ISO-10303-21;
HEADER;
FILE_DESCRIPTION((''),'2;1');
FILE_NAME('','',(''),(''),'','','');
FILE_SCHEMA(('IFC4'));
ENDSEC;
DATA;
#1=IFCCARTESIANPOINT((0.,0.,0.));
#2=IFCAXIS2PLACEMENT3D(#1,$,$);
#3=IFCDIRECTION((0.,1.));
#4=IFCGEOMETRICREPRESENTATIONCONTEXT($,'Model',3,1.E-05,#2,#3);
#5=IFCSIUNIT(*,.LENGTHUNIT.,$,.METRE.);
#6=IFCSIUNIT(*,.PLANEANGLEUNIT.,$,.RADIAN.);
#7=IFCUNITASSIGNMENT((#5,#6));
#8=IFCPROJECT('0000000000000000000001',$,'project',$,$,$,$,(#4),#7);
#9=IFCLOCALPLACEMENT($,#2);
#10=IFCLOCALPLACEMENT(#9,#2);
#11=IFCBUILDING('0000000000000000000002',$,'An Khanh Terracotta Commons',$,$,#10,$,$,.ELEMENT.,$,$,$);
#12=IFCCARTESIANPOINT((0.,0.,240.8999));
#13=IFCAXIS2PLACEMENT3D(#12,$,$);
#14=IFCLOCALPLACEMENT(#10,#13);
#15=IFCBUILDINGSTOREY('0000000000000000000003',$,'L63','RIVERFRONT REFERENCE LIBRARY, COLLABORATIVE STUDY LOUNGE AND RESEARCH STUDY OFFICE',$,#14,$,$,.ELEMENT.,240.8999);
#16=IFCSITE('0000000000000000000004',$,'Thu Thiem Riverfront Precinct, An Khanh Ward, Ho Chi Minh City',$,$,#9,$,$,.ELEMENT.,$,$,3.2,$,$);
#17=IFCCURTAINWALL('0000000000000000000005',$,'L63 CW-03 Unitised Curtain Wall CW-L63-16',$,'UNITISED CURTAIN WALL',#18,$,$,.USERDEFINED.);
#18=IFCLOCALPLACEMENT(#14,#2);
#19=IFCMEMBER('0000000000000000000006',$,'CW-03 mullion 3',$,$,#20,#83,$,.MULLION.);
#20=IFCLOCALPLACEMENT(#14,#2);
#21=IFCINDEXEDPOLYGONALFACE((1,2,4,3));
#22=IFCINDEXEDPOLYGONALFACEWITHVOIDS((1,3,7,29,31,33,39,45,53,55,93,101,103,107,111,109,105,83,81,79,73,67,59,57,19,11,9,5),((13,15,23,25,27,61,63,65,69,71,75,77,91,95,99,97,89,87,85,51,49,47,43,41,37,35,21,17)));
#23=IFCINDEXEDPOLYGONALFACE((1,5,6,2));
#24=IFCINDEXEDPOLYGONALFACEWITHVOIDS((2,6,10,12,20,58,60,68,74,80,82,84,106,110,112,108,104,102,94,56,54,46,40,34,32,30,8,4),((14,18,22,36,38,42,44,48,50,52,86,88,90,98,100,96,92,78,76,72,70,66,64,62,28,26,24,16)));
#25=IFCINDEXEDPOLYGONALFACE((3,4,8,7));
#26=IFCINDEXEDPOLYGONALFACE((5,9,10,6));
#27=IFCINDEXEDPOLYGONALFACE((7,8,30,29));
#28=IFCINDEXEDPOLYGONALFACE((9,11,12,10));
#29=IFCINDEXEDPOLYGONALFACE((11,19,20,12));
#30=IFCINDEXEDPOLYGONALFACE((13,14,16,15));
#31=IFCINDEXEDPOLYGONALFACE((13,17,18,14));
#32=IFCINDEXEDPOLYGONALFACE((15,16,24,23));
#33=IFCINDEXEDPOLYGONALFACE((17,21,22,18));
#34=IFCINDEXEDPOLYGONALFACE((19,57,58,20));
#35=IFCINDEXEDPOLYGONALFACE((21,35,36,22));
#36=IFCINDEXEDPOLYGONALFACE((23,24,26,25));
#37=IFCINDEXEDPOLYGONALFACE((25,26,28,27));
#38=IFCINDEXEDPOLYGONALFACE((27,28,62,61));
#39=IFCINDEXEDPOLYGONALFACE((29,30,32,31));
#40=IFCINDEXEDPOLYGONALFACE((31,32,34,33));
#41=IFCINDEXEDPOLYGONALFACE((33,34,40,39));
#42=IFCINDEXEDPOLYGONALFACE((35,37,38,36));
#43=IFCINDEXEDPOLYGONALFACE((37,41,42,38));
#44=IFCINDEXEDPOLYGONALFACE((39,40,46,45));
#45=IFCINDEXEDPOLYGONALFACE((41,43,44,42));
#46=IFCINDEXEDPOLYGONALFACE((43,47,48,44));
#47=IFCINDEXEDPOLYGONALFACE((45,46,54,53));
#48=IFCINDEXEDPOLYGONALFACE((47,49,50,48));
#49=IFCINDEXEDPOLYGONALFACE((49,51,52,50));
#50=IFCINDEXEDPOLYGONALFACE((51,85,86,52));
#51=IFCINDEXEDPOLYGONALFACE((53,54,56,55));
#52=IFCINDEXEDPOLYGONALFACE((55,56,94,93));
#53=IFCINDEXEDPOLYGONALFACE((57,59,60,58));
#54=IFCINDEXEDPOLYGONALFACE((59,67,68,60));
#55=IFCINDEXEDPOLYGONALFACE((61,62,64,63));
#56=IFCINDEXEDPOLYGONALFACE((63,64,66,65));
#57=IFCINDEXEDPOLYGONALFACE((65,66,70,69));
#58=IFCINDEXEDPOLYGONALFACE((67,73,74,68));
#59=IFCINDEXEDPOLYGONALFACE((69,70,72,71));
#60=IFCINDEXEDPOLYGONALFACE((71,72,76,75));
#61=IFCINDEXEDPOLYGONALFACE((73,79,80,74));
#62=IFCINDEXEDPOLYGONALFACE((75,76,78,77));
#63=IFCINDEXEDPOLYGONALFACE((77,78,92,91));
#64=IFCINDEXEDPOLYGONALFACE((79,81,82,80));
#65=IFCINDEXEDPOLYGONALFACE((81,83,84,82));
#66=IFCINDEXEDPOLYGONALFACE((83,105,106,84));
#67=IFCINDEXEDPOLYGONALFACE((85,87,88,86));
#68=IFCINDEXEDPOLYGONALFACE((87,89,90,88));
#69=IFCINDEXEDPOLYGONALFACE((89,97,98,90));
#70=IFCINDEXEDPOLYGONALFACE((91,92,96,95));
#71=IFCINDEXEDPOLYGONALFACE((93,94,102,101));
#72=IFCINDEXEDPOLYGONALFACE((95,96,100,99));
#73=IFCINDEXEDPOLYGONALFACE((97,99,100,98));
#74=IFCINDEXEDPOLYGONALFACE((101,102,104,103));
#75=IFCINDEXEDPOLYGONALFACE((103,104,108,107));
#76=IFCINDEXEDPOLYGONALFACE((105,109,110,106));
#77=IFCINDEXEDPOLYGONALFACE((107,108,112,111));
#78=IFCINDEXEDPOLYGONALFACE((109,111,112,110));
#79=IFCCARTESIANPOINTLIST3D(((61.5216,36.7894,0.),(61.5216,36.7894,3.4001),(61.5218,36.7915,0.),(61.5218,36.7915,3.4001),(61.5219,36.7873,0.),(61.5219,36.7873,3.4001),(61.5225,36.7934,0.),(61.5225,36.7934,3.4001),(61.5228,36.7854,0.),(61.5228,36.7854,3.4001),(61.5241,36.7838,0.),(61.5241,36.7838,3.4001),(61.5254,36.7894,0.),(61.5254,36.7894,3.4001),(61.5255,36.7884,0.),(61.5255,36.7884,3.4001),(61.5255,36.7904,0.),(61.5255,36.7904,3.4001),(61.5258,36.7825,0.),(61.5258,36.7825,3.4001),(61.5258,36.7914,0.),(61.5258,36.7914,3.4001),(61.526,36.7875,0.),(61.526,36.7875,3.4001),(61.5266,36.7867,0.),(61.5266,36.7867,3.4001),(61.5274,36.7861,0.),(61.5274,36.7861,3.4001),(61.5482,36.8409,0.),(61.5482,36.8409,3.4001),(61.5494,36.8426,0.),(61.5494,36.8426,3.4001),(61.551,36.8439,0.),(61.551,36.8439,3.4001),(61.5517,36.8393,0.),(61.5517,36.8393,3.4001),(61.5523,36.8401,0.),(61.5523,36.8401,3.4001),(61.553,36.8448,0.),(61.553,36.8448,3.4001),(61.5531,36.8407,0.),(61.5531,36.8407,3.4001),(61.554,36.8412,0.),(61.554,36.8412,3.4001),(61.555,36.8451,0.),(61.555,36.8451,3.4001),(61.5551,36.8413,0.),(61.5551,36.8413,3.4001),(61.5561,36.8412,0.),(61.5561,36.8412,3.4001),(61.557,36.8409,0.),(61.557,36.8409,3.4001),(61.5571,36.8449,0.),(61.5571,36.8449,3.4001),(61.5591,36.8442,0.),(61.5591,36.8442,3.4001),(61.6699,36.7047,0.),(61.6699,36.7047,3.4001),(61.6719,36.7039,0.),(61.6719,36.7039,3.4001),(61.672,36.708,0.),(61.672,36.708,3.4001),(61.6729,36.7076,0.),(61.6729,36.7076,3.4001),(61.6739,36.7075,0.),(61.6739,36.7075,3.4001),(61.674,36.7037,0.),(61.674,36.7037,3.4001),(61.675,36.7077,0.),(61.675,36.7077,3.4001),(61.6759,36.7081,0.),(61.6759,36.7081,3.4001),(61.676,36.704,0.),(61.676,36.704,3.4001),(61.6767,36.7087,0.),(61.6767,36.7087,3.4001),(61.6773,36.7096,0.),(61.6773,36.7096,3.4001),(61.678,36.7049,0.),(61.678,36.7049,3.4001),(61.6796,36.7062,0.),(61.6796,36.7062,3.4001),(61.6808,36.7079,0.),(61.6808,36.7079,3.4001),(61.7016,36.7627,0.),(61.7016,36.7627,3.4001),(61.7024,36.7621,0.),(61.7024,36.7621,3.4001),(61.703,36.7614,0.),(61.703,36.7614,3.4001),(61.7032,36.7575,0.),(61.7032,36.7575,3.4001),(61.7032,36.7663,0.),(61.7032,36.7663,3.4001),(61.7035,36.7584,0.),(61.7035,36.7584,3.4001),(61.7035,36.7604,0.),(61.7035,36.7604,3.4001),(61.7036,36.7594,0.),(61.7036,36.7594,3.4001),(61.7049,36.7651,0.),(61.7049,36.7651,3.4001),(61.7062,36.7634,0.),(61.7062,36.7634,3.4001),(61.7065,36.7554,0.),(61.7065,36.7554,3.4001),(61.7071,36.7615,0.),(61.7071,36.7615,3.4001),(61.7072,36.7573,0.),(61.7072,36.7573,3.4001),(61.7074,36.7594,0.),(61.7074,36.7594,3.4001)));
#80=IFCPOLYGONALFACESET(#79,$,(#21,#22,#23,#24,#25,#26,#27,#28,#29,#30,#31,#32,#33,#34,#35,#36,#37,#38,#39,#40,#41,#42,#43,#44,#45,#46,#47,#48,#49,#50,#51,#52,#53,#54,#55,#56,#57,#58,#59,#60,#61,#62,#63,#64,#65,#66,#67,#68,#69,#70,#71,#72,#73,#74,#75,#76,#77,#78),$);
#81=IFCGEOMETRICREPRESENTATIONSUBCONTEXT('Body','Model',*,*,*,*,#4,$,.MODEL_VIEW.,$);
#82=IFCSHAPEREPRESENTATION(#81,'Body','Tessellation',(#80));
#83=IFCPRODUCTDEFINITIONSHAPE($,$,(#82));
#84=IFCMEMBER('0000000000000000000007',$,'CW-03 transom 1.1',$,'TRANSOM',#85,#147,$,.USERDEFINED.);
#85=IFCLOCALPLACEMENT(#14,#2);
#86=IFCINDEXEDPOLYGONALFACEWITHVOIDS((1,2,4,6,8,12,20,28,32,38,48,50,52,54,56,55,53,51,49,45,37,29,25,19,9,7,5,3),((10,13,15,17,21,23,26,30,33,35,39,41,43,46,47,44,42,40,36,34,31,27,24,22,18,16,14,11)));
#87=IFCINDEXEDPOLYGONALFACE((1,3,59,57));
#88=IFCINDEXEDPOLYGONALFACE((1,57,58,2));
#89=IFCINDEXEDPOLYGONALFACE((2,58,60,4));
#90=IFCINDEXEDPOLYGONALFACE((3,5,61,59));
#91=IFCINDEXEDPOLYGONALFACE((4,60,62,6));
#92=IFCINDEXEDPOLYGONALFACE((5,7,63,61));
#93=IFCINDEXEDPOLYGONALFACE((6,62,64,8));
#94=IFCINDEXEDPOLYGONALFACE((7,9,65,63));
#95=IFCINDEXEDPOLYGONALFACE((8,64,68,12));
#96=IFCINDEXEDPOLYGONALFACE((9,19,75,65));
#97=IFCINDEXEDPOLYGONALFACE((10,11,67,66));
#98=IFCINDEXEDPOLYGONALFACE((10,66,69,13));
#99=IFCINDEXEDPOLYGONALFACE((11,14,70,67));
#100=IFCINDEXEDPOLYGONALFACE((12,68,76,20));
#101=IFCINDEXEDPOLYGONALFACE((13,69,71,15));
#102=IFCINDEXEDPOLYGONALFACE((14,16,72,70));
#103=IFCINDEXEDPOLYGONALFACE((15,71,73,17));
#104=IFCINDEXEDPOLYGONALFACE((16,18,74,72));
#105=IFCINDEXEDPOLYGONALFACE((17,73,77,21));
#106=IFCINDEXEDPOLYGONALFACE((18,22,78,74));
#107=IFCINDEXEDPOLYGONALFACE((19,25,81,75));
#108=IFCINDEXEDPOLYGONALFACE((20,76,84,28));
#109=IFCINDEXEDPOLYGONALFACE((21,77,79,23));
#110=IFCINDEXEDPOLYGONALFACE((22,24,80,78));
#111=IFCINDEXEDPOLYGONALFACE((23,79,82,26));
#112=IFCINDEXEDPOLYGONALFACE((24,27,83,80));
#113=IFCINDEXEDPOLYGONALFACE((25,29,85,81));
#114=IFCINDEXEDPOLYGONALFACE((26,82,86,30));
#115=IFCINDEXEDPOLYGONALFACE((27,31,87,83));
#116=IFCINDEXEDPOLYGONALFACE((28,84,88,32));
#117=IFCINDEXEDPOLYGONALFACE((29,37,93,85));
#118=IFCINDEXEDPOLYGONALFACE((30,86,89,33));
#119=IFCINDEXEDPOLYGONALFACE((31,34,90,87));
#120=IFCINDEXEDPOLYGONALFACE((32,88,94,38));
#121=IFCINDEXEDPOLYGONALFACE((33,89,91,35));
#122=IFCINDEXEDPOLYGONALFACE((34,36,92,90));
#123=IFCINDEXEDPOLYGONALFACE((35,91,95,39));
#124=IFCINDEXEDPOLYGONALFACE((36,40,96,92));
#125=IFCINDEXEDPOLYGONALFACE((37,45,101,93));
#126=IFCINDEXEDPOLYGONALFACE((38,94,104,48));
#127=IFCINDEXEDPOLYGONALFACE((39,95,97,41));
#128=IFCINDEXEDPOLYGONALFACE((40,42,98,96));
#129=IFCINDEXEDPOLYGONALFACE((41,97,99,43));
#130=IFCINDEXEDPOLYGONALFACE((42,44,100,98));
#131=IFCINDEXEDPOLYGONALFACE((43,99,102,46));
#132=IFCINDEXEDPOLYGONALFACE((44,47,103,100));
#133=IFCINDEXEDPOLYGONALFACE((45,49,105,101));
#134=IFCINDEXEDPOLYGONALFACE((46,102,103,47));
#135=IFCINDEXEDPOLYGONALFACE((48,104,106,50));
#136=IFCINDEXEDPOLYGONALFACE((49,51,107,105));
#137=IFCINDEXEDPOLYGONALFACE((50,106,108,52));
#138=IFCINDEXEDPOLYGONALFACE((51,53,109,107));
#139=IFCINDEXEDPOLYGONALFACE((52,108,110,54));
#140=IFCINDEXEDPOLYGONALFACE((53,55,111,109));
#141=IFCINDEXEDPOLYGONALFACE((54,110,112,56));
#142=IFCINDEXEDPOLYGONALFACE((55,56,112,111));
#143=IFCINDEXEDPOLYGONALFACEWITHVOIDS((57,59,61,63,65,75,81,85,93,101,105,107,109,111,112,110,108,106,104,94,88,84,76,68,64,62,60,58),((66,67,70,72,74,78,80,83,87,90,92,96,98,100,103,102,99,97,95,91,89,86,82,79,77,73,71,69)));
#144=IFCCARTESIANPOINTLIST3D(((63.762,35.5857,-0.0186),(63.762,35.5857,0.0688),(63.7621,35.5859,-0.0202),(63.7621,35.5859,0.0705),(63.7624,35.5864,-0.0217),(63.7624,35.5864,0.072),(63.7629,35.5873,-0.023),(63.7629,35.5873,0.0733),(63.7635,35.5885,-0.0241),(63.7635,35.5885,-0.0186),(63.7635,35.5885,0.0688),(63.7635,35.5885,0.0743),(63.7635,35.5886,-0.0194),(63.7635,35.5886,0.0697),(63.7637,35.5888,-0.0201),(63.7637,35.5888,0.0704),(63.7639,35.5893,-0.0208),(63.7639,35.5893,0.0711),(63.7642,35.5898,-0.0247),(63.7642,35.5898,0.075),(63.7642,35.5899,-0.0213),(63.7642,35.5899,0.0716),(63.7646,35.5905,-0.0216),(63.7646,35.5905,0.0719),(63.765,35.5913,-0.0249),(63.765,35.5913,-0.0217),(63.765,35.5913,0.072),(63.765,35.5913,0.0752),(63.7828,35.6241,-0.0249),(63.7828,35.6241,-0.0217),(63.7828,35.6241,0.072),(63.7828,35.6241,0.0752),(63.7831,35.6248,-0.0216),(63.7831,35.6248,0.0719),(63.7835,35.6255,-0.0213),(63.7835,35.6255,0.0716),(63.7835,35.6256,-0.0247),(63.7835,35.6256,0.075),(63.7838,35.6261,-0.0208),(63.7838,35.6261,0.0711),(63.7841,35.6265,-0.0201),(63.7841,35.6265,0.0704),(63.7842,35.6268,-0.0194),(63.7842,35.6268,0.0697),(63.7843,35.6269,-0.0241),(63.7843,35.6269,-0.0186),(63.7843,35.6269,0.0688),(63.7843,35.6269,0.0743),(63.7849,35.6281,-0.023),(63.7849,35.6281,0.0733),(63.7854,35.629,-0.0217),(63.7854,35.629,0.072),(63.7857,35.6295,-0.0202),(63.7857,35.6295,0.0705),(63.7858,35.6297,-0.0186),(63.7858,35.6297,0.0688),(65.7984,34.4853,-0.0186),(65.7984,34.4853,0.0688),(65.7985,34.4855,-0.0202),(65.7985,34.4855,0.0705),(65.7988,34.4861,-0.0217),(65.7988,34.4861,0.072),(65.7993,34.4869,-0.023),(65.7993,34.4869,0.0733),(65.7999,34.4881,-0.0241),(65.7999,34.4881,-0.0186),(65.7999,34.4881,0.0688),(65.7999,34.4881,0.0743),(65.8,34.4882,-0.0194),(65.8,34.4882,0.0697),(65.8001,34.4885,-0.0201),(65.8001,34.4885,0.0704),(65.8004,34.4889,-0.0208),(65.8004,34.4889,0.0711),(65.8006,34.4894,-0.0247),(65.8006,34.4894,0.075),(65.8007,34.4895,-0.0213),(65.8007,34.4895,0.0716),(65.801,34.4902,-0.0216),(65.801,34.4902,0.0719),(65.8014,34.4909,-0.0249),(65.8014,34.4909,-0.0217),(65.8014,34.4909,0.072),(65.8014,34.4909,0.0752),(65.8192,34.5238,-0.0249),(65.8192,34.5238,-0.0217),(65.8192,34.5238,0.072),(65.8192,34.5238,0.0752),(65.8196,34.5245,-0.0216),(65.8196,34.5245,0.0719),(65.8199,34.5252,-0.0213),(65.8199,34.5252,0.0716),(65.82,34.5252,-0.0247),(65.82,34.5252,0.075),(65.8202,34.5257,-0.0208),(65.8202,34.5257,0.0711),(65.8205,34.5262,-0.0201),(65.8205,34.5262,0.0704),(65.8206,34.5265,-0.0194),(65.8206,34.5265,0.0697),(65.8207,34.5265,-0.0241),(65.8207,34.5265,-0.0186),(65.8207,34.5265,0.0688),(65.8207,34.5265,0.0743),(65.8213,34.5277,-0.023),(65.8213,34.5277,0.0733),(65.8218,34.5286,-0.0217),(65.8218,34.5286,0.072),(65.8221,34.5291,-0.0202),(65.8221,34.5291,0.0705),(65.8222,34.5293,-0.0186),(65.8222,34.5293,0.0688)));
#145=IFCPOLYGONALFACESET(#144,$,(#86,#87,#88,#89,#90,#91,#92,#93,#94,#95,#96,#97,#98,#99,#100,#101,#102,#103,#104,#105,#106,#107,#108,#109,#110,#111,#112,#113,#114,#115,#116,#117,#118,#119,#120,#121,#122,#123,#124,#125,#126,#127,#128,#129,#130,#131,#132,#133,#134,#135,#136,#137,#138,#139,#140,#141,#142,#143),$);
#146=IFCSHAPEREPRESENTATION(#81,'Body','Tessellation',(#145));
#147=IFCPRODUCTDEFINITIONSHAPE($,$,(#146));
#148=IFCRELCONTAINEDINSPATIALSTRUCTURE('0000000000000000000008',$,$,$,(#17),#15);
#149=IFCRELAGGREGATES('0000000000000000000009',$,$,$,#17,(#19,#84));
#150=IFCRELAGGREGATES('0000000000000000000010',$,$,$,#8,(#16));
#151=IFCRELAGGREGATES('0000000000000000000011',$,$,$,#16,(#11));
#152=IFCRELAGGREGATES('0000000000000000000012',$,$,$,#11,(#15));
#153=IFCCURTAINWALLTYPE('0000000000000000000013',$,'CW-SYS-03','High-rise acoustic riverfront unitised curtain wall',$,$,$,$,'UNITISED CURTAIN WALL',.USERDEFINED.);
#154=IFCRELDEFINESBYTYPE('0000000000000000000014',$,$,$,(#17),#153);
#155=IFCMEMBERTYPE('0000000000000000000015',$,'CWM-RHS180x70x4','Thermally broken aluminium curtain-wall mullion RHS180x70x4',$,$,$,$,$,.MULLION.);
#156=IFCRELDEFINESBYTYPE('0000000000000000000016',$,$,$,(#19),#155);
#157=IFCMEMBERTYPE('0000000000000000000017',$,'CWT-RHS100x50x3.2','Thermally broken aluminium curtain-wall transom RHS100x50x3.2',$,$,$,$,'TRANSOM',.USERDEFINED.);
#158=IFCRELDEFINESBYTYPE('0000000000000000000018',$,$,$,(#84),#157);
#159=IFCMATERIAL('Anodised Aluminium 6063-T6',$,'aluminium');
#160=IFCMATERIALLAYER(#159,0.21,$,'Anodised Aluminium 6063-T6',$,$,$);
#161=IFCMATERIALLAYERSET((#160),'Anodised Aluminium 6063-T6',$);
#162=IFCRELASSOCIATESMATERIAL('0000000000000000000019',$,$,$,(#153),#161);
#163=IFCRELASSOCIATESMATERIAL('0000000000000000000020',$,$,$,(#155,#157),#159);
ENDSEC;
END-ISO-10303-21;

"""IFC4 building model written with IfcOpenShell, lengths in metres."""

from ifc_helpers import new_model, si_unit, direction, frame, origin, origin_2d, place, context, subcontext, project, spatial, hollow_rectangle, extrude, material, layer, layer_set, material_profile, profile_set, type_object, element, aggregate, save


model = new_model("IFC4")

# Units and contexts
model_context = context("Model", 3, precision=1e-05, world=origin(), true_north=direction((0.0, 1.0)))
body_context = subcontext(model_context, "Body", "Model", "MODEL_VIEW")
ifc_project = project(units=[si_unit("LENGTHUNIT", "METRE"), si_unit("PLANEANGLEUNIT", "RADIAN")], contexts=[model_context])

# Site, building, storey
site_placement = place(None, origin())
site = spatial("IfcSite", under=ifc_project, at=site_placement, Name="Thu Thiem Riverfront Precinct, An Khanh Ward, Ho Chi Minh City", CompositionType="ELEMENT", RefElevation=3.2)
building_placement = place(site_placement, origin())
building = spatial("IfcBuilding", under=site, at=building_placement, Name="An Khanh Terracotta Commons", CompositionType="ELEMENT")
storey_placement = place(building_placement, frame((0.0, 0.0, 240.8999)))
storey = spatial("IfcBuildingStorey", under=building, at=storey_placement, Name="L63", Description="RIVERFRONT REFERENCE LIBRARY, COLLABORATIVE STUDY LOUNGE AND RESEARCH STUDY OFFICE", CompositionType="ELEMENT", Elevation=240.8999)

# Curtain wall, members
ifc_material_1 = material(Name="Anodised Aluminium 6063-T6", Category="aluminium")
ifc_layer_1 = layer(ifc_material_1, 0.21, Name="Anodised Aluminium 6063-T6")
ifc_layer_set_1 = layer_set([ifc_layer_1], Name="Anodised Aluminium 6063-T6")
curtain_wall_type = type_object("IfcCurtainWallType", Name="CW-SYS-03", Description="High-rise acoustic riverfront unitised curtain wall", ElementType="UNITISED CURTAIN WALL", PredefinedType="USERDEFINED", material=ifc_layer_set_1)
curtain_wall_placement = place(storey_placement, origin())
curtain_wall = element("IfcCurtainWall", 1, at=curtain_wall_placement, inside=storey, type_object=curtain_wall_type, Name="L63 CW-03 Unitised Curtain Wall CW-L63-16", ObjectType="UNITISED CURTAIN WALL", PredefinedType="USERDEFINED")
ifc_material_profile_1 = material_profile(ifc_material_1, hollow_rectangle(XDim=0.0701, YDim=0.1799, WallThickness=0.0039, InnerFilletRadius=0.0039, OuterFilletRadius=0.0081, at=origin_2d()), Name="RHS180x70x4")
ifc_profile_set_1 = profile_set([ifc_material_profile_1], Name="Anodised Aluminium 6063-T6")
member_type_1 = type_object("IfcMemberType", Name="CWM-RHS180x70x4", Description="Thermally broken aluminium curtain-wall mullion RHS180x70x4", PredefinedType="MULLION", material=ifc_profile_set_1)
member_1_placement = place(storey_placement, frame((61.6145, 36.7744, 0.0), z_axis=(0.0, 0.0, 1.0), x_axis=(-0.475381, -0.87978, 0.0)))
member_1 = element("IfcMember", 2, at=member_1_placement, type_object=member_type_1, Name="CW-03 mullion 3", PredefinedType="MULLION", context=body_context, shape_type="SweptSolid", body=[
    extrude(hollow_rectangle(XDim=0.0701, YDim=0.1799, WallThickness=0.0039, InnerFilletRadius=0.0039, OuterFilletRadius=0.0081, at=origin_2d()), origin(), (0.0, 0.0, 1.0), 3.4001),
])
ifc_material_profile_2 = material_profile(ifc_material_1, hollow_rectangle(XDim=0.05, YDim=0.1001, WallThickness=0.0032, InnerFilletRadius=0.0032, OuterFilletRadius=0.0063, at=origin_2d()), Name="RHS100x50x3.2")
ifc_profile_set_2 = profile_set([ifc_material_profile_2], Name="Anodised Aluminium 6063-T6")
member_type_2 = type_object("IfcMemberType", Name="CWT-RHS100x50x3.2", Description="Thermally broken aluminium curtain-wall transom RHS100x50x3.2", ElementType="TRANSOM", PredefinedType="USERDEFINED", material=ifc_profile_set_2)
member_2_placement = place(storey_placement, frame((65.8103, 34.5073, 0.0251), z_axis=(-0.879779, 0.475382, 0.0), x_axis=(-0.475382, -0.879779, 0.0)))
member_2 = element("IfcMember", 3, at=member_2_placement, type_object=member_type_2, Name="CW-03 transom 1.1", ObjectType="TRANSOM", PredefinedType="USERDEFINED", context=body_context, shape_type="SweptSolid", body=[
    extrude(hollow_rectangle(XDim=0.05, YDim=0.1001, WallThickness=0.0032, InnerFilletRadius=0.0032, OuterFilletRadius=0.0063, at=origin_2d()), origin(), (0.0, 0.0, 1.0), 2.3147),
])
aggregate(curtain_wall, [member_1, member_2])

save(model, "model.ifc")
